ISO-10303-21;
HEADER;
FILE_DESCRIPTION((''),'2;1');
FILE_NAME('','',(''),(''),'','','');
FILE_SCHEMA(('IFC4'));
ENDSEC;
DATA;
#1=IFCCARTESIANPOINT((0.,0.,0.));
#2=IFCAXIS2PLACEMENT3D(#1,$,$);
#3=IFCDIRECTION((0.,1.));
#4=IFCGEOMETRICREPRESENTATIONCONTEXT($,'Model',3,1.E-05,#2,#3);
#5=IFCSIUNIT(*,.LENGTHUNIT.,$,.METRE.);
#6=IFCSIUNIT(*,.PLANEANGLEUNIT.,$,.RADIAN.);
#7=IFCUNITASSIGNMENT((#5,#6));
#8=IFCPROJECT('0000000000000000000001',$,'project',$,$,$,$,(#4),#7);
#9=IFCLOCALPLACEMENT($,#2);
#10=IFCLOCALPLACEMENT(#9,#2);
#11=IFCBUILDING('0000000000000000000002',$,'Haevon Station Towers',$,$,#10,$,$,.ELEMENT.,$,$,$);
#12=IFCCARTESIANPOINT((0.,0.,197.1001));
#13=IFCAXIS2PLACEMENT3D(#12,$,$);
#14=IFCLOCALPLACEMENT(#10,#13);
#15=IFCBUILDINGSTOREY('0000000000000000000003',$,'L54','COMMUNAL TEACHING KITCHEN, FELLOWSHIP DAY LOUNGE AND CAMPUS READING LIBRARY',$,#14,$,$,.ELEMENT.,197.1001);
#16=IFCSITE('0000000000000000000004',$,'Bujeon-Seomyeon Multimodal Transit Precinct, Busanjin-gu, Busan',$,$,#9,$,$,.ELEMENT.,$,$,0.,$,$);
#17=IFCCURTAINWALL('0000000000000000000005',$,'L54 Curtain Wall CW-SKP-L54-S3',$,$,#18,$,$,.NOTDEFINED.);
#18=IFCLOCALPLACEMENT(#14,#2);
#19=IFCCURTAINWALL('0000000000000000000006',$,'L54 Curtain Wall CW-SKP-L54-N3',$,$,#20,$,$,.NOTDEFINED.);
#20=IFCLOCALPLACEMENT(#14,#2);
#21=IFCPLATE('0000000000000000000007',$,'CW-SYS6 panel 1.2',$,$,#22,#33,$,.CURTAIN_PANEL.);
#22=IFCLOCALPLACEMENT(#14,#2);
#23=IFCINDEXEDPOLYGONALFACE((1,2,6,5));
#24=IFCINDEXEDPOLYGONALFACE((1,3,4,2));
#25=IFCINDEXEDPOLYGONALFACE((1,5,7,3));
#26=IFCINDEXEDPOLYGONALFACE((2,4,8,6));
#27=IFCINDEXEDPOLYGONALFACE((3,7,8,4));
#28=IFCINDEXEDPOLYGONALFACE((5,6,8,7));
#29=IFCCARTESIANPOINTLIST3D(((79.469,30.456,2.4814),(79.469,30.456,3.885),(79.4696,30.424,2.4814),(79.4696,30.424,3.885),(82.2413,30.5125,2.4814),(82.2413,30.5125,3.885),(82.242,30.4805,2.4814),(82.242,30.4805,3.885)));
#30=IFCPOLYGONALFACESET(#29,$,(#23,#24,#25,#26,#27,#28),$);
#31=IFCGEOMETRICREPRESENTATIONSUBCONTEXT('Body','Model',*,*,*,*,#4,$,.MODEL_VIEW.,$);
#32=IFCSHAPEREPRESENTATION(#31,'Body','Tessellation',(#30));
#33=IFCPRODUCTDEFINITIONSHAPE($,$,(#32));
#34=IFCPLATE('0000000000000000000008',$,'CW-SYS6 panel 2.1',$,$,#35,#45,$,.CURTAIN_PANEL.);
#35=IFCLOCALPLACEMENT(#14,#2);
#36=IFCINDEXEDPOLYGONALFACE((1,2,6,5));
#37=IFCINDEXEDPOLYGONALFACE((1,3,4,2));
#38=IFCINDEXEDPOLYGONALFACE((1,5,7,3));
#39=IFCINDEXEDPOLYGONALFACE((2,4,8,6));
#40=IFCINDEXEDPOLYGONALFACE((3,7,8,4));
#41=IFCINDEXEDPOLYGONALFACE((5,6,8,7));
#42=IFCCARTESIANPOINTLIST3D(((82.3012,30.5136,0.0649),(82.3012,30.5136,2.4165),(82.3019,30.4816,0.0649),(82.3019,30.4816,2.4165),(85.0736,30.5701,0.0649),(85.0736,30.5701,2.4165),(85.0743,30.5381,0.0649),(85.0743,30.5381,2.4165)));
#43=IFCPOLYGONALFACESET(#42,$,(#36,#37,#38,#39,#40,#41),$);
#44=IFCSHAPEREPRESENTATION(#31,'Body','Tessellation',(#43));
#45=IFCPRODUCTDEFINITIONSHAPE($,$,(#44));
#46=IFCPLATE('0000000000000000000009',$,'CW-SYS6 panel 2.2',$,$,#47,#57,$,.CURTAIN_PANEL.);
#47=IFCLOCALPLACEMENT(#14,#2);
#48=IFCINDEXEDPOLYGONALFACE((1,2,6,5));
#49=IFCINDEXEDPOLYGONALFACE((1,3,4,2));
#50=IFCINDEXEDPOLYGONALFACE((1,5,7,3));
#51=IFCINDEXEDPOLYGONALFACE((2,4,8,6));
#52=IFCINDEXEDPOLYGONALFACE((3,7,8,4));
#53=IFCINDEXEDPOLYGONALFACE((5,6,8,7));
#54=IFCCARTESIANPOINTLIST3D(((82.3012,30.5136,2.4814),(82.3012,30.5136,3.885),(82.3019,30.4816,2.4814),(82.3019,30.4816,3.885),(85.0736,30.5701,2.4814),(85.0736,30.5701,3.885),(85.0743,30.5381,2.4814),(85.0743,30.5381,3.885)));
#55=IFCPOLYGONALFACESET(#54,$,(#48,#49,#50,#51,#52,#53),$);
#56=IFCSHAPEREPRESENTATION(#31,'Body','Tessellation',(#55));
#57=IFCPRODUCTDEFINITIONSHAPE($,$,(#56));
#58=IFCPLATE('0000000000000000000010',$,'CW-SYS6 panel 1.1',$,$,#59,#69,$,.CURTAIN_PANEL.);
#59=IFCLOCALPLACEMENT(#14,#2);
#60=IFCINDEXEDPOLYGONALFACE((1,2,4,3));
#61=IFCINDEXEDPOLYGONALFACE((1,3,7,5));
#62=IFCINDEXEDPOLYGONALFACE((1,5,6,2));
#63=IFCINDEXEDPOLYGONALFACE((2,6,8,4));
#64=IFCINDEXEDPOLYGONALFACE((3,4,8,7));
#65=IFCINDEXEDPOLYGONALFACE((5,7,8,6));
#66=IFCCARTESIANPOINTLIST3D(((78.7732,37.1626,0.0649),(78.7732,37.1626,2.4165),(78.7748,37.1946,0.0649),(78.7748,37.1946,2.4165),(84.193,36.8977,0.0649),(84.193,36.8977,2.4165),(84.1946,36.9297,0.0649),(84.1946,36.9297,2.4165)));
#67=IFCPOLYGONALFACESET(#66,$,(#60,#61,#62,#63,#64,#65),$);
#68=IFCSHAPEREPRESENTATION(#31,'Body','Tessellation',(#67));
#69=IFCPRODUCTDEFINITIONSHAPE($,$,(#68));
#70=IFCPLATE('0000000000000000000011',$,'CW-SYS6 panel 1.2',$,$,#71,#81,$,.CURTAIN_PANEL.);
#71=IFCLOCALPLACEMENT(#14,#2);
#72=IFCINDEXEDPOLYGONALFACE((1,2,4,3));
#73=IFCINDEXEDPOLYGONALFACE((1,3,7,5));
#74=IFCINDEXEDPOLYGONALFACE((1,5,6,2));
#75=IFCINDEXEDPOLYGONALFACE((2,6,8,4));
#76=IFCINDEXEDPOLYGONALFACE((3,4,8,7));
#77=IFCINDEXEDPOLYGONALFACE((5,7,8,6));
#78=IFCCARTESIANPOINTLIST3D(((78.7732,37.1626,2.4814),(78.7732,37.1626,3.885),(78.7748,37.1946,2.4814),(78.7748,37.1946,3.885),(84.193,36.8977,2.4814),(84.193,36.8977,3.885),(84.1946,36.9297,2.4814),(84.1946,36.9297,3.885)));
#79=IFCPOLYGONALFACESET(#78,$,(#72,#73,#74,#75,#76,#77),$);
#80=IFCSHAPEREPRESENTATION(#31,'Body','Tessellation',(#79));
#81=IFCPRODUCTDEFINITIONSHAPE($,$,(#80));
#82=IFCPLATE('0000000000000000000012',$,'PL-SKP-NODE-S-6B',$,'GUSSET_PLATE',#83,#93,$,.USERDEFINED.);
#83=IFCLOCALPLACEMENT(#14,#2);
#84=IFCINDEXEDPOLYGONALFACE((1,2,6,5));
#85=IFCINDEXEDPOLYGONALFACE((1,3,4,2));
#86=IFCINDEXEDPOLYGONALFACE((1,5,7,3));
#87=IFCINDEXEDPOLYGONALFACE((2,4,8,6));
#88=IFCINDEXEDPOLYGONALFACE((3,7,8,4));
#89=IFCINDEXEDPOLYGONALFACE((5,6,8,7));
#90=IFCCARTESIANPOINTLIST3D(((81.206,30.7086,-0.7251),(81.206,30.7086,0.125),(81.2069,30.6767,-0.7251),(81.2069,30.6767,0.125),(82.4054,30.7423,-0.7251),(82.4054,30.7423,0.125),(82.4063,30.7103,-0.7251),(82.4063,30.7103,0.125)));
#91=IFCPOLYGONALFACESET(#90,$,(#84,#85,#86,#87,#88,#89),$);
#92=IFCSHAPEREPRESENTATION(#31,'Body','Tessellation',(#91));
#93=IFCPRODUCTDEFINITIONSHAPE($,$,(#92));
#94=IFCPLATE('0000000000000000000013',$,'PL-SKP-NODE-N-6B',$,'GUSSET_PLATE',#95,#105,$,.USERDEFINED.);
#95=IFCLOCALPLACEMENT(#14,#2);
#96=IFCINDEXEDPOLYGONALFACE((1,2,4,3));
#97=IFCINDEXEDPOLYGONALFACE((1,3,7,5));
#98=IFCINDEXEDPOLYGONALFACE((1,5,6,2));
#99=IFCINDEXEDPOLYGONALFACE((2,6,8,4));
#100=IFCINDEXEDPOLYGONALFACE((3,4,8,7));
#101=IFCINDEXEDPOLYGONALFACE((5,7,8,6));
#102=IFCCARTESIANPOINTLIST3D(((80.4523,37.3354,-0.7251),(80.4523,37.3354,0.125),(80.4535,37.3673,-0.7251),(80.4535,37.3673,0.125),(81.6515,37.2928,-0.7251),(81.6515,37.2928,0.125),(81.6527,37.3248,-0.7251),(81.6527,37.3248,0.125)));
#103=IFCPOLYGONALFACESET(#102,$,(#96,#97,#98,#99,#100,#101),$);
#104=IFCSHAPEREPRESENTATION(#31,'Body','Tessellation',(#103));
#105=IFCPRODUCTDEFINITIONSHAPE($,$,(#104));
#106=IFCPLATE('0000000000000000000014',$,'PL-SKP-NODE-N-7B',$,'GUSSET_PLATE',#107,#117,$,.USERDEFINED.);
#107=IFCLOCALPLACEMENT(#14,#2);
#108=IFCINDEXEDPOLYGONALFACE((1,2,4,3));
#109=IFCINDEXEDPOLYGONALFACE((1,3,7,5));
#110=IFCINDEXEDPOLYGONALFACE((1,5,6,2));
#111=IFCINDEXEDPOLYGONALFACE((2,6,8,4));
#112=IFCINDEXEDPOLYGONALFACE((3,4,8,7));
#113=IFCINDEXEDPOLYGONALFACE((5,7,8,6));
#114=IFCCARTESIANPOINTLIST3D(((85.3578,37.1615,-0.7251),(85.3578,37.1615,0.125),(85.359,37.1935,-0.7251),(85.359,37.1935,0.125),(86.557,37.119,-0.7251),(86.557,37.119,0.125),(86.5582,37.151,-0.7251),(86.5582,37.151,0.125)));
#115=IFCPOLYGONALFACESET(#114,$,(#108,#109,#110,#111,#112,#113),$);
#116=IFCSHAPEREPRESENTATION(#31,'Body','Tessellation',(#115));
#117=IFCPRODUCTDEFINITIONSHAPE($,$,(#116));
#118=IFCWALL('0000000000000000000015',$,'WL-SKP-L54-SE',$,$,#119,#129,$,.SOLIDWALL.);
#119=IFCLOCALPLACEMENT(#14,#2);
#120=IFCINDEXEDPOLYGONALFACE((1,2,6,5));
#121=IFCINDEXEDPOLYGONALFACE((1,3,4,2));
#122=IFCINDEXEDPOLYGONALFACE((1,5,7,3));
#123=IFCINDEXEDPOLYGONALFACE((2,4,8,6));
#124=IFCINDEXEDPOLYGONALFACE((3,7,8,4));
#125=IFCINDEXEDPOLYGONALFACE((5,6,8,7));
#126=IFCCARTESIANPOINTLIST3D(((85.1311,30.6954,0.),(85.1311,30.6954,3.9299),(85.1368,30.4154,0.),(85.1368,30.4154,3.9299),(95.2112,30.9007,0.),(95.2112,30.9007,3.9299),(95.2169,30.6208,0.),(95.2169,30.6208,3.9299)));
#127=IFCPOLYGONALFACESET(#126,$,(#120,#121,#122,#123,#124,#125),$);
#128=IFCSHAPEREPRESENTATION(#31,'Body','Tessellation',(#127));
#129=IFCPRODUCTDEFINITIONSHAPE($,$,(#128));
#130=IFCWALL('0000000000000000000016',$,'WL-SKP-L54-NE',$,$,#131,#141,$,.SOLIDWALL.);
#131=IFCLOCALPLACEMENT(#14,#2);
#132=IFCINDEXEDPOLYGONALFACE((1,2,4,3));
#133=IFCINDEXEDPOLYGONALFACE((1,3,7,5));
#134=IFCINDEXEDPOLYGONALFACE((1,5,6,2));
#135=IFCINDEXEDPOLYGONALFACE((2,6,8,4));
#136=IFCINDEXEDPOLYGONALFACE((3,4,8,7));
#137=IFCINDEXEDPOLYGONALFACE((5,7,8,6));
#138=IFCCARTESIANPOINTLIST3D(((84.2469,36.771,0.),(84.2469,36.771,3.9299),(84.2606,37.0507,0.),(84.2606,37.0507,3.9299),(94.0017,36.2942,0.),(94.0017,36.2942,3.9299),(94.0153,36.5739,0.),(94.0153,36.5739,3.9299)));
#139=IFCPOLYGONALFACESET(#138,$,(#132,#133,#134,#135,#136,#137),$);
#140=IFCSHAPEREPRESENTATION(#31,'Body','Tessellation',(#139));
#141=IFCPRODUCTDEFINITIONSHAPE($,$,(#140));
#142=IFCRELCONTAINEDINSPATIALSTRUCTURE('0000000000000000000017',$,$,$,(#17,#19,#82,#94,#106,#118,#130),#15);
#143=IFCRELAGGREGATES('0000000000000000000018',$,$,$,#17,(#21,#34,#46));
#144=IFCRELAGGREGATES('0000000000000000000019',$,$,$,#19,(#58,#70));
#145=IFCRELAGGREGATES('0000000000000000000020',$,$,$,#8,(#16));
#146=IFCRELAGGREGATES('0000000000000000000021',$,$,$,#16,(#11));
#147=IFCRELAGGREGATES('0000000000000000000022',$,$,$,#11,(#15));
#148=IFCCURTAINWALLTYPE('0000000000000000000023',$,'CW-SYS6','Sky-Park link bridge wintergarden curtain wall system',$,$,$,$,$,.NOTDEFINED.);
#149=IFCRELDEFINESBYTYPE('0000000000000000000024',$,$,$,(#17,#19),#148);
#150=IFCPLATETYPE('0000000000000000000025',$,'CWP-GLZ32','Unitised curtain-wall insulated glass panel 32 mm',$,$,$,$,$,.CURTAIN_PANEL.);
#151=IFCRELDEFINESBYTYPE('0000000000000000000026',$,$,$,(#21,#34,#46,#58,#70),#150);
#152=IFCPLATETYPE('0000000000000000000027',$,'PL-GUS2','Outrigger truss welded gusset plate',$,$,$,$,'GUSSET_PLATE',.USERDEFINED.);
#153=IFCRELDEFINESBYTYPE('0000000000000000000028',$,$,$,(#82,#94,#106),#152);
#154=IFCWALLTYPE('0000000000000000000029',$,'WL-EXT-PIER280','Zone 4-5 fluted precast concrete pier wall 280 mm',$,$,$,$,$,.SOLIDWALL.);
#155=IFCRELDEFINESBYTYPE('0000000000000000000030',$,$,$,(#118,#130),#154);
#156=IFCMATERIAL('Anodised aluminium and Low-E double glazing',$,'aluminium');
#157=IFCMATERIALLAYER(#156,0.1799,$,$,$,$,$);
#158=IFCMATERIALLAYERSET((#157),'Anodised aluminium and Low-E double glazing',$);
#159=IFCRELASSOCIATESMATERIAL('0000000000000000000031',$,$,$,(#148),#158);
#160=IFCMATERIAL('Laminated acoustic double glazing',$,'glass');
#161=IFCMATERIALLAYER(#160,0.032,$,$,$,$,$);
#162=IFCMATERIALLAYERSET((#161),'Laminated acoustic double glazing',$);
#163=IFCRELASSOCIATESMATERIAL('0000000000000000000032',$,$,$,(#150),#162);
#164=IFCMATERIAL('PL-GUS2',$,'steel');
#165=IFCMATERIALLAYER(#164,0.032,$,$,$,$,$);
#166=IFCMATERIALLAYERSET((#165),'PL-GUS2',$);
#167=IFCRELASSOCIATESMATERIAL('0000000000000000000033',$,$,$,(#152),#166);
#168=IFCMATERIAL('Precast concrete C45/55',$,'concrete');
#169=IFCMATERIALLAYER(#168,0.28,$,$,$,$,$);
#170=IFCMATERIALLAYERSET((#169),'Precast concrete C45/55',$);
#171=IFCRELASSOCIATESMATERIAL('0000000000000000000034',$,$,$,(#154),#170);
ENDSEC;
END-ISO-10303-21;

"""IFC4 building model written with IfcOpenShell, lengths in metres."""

from ifc_helpers import new_model, si_unit, direction, frame, frame_2d, origin, origin_2d, place, context, subcontext, project, spatial, rectangle, extrude, material, layer, layer_set, type_object, element, aggregate, save


model = new_model("IFC4")

# Units and contexts
model_context = context("Model", 3, precision=1e-05, world=origin(), true_north=direction((0.0, 1.0)))
body_context = subcontext(model_context, "Body", "Model", "MODEL_VIEW")
ifc_project = project(units=[si_unit("LENGTHUNIT", "METRE"), si_unit("PLANEANGLEUNIT", "RADIAN")], contexts=[model_context])

# Site, building, storey
site_placement = place(None, origin())
site = spatial("IfcSite", under=ifc_project, at=site_placement, Name="Bujeon-Seomyeon Multimodal Transit Precinct, Busanjin-gu, Busan", CompositionType="ELEMENT", RefElevation=0.0)
building_placement = place(site_placement, origin())
building = spatial("IfcBuilding", under=site, at=building_placement, Name="Haevon Station Towers", CompositionType="ELEMENT")
storey_placement = place(building_placement, frame((0.0, 0.0, 197.1001)))
storey = spatial("IfcBuildingStorey", under=building, at=storey_placement, Name="L54", Description="COMMUNAL TEACHING KITCHEN, FELLOWSHIP DAY LOUNGE AND CAMPUS READING LIBRARY", CompositionType="ELEMENT", Elevation=197.1001)

# Shared definitions
ifc_material_1 = material(Name="Anodised aluminium and Low-E double glazing", Category="aluminium")
ifc_layer_1 = layer(ifc_material_1, 0.1799)
ifc_layer_set_1 = layer_set([ifc_layer_1], Name="Anodised aluminium and Low-E double glazing")
curtain_wall_type = type_object("IfcCurtainWallType", Name="CW-SYS6", Description="Sky-Park link bridge wintergarden curtain wall system", PredefinedType="NOTDEFINED", material=ifc_layer_set_1)

# Curtain wall
curtain_wall_1_placement = place(storey_placement, origin())
curtain_wall_1 = element("IfcCurtainWall", 1, at=curtain_wall_1_placement, inside=storey, type_object=curtain_wall_type, Name="L54 Curtain Wall CW-SKP-L54-S3", PredefinedType="NOTDEFINED")

# Curtain wall
curtain_wall_2_placement = place(storey_placement, origin())
curtain_wall_2 = element("IfcCurtainWall", 2, at=curtain_wall_2_placement, inside=storey, type_object=curtain_wall_type, Name="L54 Curtain Wall CW-SKP-L54-N3", PredefinedType="NOTDEFINED")

# Plates
ifc_material_2 = material(Name="Laminated acoustic double glazing", Category="glass")
ifc_layer_2 = layer(ifc_material_2, 0.032)
ifc_layer_set_2 = layer_set([ifc_layer_2], Name="Laminated acoustic double glazing")
plate_type_1 = type_object("IfcPlateType", Name="CWP-GLZ32", Description="Unitised curtain-wall insulated glass panel 32 mm", PredefinedType="CURTAIN_PANEL", material=ifc_layer_set_2)
plate_1_placement = place(storey_placement, frame((80.8555, 30.4683, 2.4814), z_axis=(0.0, 0.0, 1.0), x_axis=(0.999792, 0.020374, 0.0)))
plate_1 = element("IfcPlate", 3, at=plate_1_placement, type_object=plate_type_1, Name="CW-SYS6 panel 1.2", PredefinedType="CURTAIN_PANEL", context=body_context, shape_type="SweptSolid", body=[
    extrude(rectangle(XDim=2.7729, YDim=0.032, at=origin_2d()), origin(), (0.0, 0.0, 1.0), 1.4036),
])
plate_2_placement = place(storey_placement, frame((83.6877, 30.5259, 0.0649), z_axis=(0.0, 0.0, 1.0), x_axis=(0.999792, 0.020374, 0.0)))
plate_2 = element("IfcPlate", 4, at=plate_2_placement, type_object=plate_type_1, Name="CW-SYS6 panel 2.1", PredefinedType="CURTAIN_PANEL", context=body_context, shape_type="SweptSolid", body=[
    extrude(rectangle(XDim=2.7729, YDim=0.032, at=origin_2d()), origin(), (0.0, 0.0, 1.0), 2.3516),
])
plate_3_placement = place(storey_placement, frame((83.6877, 30.5259, 2.4814), z_axis=(0.0, 0.0, 1.0), x_axis=(0.999792, 0.020374, 0.0)))
plate_3 = element("IfcPlate", 5, at=plate_3_placement, type_object=plate_type_1, Name="CW-SYS6 panel 2.2", PredefinedType="CURTAIN_PANEL", context=body_context, shape_type="SweptSolid", body=[
    extrude(rectangle(XDim=2.7729, YDim=0.032, at=origin_2d()), origin(), (0.0, 0.0, 1.0), 1.4036),
])
aggregate(curtain_wall_1, [plate_1, plate_2, plate_3])
plate_4_placement = place(storey_placement, frame((81.4839, 37.0461, 0.0649), z_axis=(0.0, 0.0, 1.0), x_axis=(0.998807, -0.048822, 0.0)))
plate_4 = element("IfcPlate", 6, at=plate_4_placement, type_object=plate_type_1, Name="CW-SYS6 panel 1.1", PredefinedType="CURTAIN_PANEL", context=body_context, shape_type="SweptSolid", body=[
    extrude(rectangle(XDim=5.4263, YDim=0.032, at=origin_2d()), origin(), (0.0, 0.0, 1.0), 2.3516),
])
plate_5_placement = place(storey_placement, frame((81.4839, 37.0461, 2.4814), z_axis=(0.0, 0.0, 1.0), x_axis=(0.998807, -0.048822, 0.0)))
plate_5 = element("IfcPlate", 7, at=plate_5_placement, type_object=plate_type_1, Name="CW-SYS6 panel 1.2", PredefinedType="CURTAIN_PANEL", context=body_context, shape_type="SweptSolid", body=[
    extrude(rectangle(XDim=5.4263, YDim=0.032, at=origin_2d()), origin(), (0.0, 0.0, 1.0), 1.4036),
])
aggregate(curtain_wall_2, [plate_4, plate_5])

# Plates
ifc_material_3 = material(Name="PL-GUS2", Category="steel")
ifc_layer_3 = layer(ifc_material_3, 0.032)
ifc_layer_set_3 = layer_set([ifc_layer_3], Name="PL-GUS2")
plate_type_2 = type_object("IfcPlateType", Name="PL-GUS2", Description="Outrigger truss welded gusset plate", ElementType="GUSSET_PLATE", PredefinedType="USERDEFINED", material=ifc_layer_set_3)
for number, where, z_axis, x_axis, name in (
    (8, (81.8062, 30.7095, -0.7251), (0.0, 0.0, 1.0), (0.999607, 0.028049, 0.0), "PL-SKP-NODE-S-6B"),
    (9, (81.0525, 37.3301, -0.7251), (0.0, 0.0, 1.0), (0.999372, -0.03544, 0.0), "PL-SKP-NODE-N-6B"),
    (10, (85.958, 37.1562, -0.7251), (0.0, 0.0, 1.0), (0.999372, -0.03544, 0.0), "PL-SKP-NODE-N-7B"),
):
    element("IfcPlate", number, at=place(storey_placement, frame(where, z_axis=z_axis, x_axis=x_axis)), inside=storey, type_object=plate_type_2, Name=name, ObjectType="GUSSET_PLATE", PredefinedType="USERDEFINED", context=body_context, shape_type="SweptSolid", body=[
        extrude(rectangle(XDim=1.2, YDim=0.032, at=origin_2d()), origin(), (0.0, 0.0, 1.0), 0.8501),
    ])

# Walls
ifc_material_4 = material(Name="Precast concrete C45/55", Category="concrete")
ifc_layer_4 = layer(ifc_material_4, 0.28)
ifc_layer_set_4 = layer_set([ifc_layer_4], Name="Precast concrete C45/55")
wall_type = type_object("IfcWallType", Name="WL-EXT-PIER280", Description="Zone 4-5 fluted precast concrete pier wall 280 mm", PredefinedType="SOLIDWALL", material=ifc_layer_set_4)
wall_1_placement = place(storey_placement, frame((85.134, 30.5554, 0.0), z_axis=(0.0, 0.0, 1.0), x_axis=(0.999793, 0.020365, 0.0)))
element("IfcWall", 11, at=wall_1_placement, inside=storey, type_object=wall_type, Name="WL-SKP-L54-SE", PredefinedType="SOLIDWALL", context=body_context, shape_type="SweptSolid", body=[
    extrude(rectangle(XDim=10.0823, YDim=0.28, at=frame_2d((5.041, 0.0))), origin(), (0.0, 0.0, 1.0), 3.9299),
])
wall_2_placement = place(storey_placement, frame((84.2537, 36.9109, 0.0), z_axis=(0.0, 0.0, 1.0), x_axis=(0.998808, -0.048822, 0.0)))
element("IfcWall", 12, at=wall_2_placement, inside=storey, type_object=wall_type, Name="WL-SKP-L54-NE", PredefinedType="SOLIDWALL", context=body_context, shape_type="SweptSolid", body=[
    extrude(rectangle(XDim=9.7664, YDim=0.28, at=frame_2d((4.8833, 0.0))), origin(), (0.0, 0.0, 1.0), 3.9299),
])

save(model, "model.ifc")
